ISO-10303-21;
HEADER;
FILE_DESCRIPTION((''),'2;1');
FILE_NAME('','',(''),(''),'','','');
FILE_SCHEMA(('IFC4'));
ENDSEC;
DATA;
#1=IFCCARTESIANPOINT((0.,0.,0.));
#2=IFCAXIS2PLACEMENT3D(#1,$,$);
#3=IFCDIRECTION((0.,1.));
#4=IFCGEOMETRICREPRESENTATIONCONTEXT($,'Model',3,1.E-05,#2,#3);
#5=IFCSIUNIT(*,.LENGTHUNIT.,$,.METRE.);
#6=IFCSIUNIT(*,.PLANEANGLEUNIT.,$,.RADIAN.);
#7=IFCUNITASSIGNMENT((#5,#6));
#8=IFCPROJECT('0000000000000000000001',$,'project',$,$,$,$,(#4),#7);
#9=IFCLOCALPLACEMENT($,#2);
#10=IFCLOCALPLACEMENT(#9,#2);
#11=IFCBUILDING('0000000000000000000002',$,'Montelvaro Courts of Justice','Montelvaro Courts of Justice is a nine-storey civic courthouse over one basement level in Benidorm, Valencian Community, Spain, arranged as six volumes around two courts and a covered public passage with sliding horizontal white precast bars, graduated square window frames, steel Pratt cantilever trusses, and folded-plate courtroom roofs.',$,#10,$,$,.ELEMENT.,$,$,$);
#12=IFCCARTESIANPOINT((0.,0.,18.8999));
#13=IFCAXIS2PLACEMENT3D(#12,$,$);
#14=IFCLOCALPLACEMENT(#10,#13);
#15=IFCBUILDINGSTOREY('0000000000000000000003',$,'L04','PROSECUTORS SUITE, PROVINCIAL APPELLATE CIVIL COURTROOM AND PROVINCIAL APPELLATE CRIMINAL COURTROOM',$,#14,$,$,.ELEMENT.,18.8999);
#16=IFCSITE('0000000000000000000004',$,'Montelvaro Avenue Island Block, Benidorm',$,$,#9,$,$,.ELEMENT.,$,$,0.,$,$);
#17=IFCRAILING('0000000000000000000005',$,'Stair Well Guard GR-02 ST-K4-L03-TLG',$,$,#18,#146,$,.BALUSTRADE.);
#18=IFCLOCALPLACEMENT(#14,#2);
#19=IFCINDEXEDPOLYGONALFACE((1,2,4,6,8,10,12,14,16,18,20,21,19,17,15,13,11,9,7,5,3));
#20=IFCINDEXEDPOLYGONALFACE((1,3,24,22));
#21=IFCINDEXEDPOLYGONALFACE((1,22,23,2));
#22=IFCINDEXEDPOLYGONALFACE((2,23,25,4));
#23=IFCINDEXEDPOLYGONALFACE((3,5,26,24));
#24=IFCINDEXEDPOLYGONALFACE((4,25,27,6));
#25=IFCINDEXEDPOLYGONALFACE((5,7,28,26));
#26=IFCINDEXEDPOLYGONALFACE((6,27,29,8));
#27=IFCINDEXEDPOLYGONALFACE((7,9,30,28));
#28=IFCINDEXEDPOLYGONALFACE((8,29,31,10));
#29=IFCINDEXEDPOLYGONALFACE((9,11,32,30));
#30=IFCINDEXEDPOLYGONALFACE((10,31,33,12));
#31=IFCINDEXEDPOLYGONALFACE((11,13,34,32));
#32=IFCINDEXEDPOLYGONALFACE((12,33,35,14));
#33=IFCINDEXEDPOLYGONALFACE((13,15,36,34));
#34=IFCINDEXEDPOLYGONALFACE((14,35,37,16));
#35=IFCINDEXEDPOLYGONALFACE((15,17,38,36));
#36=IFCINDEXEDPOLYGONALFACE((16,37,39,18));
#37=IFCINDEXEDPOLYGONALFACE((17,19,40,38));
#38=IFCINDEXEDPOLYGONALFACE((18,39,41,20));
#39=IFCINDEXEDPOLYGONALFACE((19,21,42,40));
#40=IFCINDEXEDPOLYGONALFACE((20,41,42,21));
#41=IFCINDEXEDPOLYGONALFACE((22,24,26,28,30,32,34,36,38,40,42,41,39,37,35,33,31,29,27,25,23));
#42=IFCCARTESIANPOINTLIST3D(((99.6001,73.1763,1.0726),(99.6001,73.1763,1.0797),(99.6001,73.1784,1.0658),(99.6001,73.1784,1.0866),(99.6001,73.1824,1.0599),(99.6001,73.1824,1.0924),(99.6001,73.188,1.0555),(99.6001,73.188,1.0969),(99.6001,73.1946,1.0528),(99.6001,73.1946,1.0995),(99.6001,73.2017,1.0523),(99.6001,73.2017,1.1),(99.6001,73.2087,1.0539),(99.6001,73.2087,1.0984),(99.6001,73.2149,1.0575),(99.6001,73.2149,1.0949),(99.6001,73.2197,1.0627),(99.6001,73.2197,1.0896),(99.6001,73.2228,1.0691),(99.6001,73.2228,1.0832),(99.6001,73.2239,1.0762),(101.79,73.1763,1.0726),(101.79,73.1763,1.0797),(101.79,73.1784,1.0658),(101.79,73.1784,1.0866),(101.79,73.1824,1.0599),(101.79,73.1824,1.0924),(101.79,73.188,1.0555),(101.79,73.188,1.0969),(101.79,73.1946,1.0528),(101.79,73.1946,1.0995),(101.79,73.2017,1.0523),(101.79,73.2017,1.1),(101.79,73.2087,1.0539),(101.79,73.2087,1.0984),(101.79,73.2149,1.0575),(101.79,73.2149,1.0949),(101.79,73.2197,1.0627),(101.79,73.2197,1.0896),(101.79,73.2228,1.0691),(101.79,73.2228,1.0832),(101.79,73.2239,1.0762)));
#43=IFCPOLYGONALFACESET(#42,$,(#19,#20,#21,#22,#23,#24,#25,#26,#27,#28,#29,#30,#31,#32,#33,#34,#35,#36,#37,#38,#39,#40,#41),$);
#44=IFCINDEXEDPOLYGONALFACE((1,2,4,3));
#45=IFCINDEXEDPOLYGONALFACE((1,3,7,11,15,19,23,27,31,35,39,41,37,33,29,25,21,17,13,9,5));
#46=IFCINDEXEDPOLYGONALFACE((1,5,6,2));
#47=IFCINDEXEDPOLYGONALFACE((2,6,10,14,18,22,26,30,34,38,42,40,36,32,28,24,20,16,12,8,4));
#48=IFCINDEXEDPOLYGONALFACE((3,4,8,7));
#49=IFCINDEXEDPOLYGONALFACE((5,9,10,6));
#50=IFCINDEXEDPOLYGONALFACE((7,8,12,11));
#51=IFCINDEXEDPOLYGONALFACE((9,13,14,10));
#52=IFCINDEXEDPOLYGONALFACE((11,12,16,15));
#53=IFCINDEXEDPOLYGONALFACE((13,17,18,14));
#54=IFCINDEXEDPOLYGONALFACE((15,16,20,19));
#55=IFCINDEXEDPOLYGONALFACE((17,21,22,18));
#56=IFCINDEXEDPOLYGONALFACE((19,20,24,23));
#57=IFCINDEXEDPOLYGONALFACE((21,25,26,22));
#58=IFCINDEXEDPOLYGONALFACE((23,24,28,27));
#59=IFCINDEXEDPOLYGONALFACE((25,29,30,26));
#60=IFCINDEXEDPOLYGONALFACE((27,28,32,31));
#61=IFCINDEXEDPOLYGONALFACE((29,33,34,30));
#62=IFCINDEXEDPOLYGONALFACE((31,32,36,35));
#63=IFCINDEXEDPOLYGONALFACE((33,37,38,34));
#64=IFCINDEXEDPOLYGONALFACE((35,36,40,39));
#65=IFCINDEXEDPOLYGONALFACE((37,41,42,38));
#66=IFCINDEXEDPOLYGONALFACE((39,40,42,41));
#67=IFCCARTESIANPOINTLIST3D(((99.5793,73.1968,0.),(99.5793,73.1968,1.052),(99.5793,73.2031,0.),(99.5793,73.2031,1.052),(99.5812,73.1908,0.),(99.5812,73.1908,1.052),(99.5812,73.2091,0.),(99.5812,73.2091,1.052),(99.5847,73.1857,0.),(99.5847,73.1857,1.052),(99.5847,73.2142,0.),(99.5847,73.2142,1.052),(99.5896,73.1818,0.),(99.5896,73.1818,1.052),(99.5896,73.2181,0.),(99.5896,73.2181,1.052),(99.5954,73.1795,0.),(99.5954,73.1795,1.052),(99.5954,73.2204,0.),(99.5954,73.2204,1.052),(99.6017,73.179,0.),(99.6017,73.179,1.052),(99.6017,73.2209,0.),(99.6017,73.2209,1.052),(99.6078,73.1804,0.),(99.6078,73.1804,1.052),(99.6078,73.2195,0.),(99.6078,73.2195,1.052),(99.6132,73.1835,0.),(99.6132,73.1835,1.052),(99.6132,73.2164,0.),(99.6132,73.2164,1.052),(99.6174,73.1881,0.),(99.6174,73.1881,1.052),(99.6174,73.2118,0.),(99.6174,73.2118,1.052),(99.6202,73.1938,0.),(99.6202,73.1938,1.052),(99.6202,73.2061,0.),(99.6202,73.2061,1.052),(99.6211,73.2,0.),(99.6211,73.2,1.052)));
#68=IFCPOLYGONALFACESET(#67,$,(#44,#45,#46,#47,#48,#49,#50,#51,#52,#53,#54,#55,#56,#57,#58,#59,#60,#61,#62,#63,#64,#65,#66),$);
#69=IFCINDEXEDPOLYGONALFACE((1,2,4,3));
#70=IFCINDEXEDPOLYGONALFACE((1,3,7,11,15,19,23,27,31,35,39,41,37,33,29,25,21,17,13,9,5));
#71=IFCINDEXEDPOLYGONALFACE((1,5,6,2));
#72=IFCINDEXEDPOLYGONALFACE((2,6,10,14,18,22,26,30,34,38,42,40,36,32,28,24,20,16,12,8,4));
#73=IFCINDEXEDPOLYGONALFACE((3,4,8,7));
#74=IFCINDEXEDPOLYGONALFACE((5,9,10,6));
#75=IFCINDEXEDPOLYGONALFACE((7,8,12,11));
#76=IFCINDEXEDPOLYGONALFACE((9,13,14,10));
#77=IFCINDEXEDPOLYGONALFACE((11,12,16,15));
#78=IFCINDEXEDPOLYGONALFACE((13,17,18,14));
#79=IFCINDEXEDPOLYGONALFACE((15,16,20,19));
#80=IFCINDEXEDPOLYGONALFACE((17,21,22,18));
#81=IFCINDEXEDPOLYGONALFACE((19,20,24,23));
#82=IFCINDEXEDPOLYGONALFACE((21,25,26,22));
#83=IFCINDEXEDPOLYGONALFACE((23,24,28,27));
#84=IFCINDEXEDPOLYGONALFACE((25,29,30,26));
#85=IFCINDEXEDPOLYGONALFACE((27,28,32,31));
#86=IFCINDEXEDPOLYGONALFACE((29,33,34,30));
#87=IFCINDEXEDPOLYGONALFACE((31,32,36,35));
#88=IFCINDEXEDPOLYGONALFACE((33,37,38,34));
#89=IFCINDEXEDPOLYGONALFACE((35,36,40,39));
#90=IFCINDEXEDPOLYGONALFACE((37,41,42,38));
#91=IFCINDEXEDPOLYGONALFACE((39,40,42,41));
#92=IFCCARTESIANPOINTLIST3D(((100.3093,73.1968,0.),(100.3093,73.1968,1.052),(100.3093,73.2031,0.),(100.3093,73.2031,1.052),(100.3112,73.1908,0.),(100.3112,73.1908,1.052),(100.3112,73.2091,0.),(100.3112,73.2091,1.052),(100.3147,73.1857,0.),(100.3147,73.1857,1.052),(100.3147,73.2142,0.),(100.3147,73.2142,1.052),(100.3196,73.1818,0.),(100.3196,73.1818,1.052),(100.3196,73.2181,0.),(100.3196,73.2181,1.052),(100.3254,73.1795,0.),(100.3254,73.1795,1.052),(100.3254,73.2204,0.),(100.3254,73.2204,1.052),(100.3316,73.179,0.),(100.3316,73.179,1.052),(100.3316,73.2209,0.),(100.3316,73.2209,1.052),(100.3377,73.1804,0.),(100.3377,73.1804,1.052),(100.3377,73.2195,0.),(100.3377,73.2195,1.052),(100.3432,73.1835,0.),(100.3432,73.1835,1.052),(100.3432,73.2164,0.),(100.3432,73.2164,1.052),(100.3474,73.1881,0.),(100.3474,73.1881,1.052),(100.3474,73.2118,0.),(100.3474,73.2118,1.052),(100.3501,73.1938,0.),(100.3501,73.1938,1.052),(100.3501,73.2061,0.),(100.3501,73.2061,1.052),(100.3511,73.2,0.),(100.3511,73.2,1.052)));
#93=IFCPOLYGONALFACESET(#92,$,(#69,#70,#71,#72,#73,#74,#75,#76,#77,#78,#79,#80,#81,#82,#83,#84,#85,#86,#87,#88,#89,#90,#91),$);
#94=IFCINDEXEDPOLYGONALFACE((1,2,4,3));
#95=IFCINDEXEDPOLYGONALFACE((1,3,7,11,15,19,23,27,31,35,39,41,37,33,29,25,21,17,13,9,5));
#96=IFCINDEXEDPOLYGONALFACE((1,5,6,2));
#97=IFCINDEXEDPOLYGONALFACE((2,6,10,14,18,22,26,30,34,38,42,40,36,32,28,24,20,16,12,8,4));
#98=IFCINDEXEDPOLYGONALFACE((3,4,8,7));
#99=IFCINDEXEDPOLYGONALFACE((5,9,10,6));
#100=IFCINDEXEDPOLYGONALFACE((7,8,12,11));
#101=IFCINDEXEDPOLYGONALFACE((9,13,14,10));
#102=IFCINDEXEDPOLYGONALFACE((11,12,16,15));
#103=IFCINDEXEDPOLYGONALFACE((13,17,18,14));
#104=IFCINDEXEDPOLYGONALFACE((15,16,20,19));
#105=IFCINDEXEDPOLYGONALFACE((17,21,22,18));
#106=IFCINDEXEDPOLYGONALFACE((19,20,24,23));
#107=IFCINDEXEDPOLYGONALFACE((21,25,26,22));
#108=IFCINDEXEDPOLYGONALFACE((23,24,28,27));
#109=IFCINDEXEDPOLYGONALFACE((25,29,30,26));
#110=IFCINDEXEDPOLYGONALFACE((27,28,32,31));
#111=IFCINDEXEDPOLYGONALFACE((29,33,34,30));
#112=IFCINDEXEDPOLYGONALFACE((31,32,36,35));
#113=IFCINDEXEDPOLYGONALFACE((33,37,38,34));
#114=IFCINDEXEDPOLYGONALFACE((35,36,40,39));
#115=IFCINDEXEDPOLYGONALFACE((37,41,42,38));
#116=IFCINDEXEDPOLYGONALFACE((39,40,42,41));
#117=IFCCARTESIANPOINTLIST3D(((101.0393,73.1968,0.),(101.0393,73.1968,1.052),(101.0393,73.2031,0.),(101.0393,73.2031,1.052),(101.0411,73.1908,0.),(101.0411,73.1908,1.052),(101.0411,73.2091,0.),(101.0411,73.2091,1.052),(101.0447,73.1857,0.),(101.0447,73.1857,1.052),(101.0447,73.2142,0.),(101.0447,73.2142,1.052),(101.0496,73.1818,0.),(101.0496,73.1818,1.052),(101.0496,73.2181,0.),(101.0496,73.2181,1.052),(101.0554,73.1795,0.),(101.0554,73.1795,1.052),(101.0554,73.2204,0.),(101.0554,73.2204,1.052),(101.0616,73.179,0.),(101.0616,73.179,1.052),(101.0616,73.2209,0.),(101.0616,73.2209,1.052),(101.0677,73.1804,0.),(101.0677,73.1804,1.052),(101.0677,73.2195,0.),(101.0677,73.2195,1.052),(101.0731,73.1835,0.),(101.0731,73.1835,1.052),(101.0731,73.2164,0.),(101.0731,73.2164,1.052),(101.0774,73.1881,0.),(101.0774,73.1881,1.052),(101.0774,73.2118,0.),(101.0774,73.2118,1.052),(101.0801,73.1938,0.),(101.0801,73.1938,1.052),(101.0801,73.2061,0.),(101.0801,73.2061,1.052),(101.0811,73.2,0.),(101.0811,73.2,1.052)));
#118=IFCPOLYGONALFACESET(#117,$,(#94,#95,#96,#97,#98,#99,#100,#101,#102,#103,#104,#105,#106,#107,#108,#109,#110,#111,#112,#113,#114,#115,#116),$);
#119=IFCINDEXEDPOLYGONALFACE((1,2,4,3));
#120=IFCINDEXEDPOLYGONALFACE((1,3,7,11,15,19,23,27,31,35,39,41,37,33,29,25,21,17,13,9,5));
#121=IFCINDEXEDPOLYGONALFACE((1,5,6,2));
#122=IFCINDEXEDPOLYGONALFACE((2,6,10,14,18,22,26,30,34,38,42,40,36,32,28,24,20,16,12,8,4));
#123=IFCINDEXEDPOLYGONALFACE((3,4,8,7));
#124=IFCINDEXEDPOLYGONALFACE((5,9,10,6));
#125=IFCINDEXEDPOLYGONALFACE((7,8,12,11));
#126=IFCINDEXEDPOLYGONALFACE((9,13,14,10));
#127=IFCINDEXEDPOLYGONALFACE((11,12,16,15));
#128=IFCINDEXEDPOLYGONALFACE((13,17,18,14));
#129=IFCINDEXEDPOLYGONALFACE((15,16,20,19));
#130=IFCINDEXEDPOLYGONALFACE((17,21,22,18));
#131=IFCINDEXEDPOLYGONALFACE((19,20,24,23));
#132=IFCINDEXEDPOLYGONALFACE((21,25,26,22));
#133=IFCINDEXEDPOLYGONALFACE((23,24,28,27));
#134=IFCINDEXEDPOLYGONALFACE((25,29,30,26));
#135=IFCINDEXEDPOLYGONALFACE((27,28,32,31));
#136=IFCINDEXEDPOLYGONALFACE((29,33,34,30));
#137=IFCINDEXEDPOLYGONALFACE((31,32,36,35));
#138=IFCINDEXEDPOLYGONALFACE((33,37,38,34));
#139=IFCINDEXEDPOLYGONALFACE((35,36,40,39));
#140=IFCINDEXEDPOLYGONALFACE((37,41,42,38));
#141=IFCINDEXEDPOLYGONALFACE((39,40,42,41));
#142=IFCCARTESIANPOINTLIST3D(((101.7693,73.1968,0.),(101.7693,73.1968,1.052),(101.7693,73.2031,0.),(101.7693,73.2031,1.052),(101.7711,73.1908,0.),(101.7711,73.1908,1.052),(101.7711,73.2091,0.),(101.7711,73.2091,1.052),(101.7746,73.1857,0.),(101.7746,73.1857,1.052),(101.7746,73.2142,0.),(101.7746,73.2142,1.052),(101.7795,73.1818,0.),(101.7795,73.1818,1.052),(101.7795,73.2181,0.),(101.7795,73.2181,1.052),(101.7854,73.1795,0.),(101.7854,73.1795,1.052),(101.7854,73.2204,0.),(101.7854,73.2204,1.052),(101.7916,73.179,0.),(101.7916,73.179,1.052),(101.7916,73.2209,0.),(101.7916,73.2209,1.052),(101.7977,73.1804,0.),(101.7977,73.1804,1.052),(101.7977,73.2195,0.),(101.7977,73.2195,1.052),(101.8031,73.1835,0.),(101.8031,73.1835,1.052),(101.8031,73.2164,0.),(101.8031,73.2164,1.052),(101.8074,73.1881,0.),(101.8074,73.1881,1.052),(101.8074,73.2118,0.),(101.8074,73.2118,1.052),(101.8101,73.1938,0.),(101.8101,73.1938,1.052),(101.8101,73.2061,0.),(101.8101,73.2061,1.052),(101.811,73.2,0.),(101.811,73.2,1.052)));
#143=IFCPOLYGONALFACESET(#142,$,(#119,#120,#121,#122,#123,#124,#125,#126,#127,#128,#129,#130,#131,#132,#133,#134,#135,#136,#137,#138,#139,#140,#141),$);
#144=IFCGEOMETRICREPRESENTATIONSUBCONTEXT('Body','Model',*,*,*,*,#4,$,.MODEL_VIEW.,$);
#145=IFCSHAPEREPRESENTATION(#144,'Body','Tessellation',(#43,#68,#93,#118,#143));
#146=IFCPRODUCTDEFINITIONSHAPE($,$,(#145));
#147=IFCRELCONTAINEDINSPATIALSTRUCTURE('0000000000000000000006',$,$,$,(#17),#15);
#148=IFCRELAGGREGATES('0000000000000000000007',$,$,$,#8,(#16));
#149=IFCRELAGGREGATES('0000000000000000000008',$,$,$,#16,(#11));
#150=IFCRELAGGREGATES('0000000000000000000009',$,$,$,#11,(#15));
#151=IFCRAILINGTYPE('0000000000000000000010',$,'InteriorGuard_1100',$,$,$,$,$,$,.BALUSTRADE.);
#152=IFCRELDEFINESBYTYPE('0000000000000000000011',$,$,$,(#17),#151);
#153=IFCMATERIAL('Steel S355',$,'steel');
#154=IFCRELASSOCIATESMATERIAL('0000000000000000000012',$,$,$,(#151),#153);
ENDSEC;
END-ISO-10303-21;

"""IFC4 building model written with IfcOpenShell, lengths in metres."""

from ifc_helpers import new_model, si_unit, direction, frame, origin, origin_2d, place, context, subcontext, project, spatial, circle, extrude, material, type_object, element, save


model = new_model("IFC4")

# Units and contexts
model_context = context("Model", 3, precision=1e-05, world=origin(), true_north=direction((0.0, 1.0)))
body_context = subcontext(model_context, "Body", "Model", "MODEL_VIEW")
ifc_project = project(units=[si_unit("LENGTHUNIT", "METRE"), si_unit("PLANEANGLEUNIT", "RADIAN")], contexts=[model_context])

# Site, building, storey
site_placement = place(None, origin())
site = spatial("IfcSite", under=ifc_project, at=site_placement, Name="Montelvaro Avenue Island Block, Benidorm", CompositionType="ELEMENT", RefElevation=0.0)
building_placement = place(site_placement, origin())
building = spatial("IfcBuilding", under=site, at=building_placement, Name="Montelvaro Courts of Justice", Description="Montelvaro Courts of Justice is a nine-storey civic courthouse over one basement level in Benidorm, Valencian Community, Spain, arranged as six volumes around two courts and a covered public passage with sliding horizontal white precast bars, graduated square window frames, steel Pratt cantilever trusses, and folded-plate courtroom roofs.", CompositionType="ELEMENT")
storey_placement = place(building_placement, frame((0.0, 0.0, 18.8999)))
storey = spatial("IfcBuildingStorey", under=building, at=storey_placement, Name="L04", Description="PROSECUTORS SUITE, PROVINCIAL APPELLATE CIVIL COURTROOM AND PROVINCIAL APPELLATE CRIMINAL COURTROOM", CompositionType="ELEMENT", Elevation=18.8999)

# Shared definitions
ifc_material_1 = material(Name="Steel S355", Category="steel")

# Railing
railing_type = type_object("IfcRailingType", Name="InteriorGuard_1100", PredefinedType="BALUSTRADE", material=ifc_material_1)
railing_placement = place(storey_placement, frame((99.6001, 73.2, 0.0)))
element("IfcRailing", 1, at=railing_placement, inside=storey, type_object=railing_type, Name="Stair Well Guard GR-02 ST-K4-L03-TLG", PredefinedType="BALUSTRADE", context=body_context, shape_type="SweptSolid", body=[
    extrude(circle(Radius=0.0239, at=origin_2d()), frame((0.0, 0.0, 1.0762), z_axis=(1.0, 0.0, 0.0), x_axis=(0.0, 1.0, 0.0)), (0.0, 0.0, 1.0), 2.1899),
    extrude(circle(Radius=0.021, at=origin_2d()), origin(), (0.0, 0.0, 1.0), 1.052),
    extrude(circle(Radius=0.021, at=origin_2d()), frame((0.73, 0.0, 0.0)), (0.0, 0.0, 1.0), 1.052),
    extrude(circle(Radius=0.021, at=origin_2d()), frame((1.46, 0.0, 0.0)), (0.0, 0.0, 1.0), 1.052),
    extrude(circle(Radius=0.021, at=origin_2d()), frame((2.1899, 0.0, 0.0)), (0.0, 0.0, 1.0), 1.052),
])

save(model, "model.ifc")
